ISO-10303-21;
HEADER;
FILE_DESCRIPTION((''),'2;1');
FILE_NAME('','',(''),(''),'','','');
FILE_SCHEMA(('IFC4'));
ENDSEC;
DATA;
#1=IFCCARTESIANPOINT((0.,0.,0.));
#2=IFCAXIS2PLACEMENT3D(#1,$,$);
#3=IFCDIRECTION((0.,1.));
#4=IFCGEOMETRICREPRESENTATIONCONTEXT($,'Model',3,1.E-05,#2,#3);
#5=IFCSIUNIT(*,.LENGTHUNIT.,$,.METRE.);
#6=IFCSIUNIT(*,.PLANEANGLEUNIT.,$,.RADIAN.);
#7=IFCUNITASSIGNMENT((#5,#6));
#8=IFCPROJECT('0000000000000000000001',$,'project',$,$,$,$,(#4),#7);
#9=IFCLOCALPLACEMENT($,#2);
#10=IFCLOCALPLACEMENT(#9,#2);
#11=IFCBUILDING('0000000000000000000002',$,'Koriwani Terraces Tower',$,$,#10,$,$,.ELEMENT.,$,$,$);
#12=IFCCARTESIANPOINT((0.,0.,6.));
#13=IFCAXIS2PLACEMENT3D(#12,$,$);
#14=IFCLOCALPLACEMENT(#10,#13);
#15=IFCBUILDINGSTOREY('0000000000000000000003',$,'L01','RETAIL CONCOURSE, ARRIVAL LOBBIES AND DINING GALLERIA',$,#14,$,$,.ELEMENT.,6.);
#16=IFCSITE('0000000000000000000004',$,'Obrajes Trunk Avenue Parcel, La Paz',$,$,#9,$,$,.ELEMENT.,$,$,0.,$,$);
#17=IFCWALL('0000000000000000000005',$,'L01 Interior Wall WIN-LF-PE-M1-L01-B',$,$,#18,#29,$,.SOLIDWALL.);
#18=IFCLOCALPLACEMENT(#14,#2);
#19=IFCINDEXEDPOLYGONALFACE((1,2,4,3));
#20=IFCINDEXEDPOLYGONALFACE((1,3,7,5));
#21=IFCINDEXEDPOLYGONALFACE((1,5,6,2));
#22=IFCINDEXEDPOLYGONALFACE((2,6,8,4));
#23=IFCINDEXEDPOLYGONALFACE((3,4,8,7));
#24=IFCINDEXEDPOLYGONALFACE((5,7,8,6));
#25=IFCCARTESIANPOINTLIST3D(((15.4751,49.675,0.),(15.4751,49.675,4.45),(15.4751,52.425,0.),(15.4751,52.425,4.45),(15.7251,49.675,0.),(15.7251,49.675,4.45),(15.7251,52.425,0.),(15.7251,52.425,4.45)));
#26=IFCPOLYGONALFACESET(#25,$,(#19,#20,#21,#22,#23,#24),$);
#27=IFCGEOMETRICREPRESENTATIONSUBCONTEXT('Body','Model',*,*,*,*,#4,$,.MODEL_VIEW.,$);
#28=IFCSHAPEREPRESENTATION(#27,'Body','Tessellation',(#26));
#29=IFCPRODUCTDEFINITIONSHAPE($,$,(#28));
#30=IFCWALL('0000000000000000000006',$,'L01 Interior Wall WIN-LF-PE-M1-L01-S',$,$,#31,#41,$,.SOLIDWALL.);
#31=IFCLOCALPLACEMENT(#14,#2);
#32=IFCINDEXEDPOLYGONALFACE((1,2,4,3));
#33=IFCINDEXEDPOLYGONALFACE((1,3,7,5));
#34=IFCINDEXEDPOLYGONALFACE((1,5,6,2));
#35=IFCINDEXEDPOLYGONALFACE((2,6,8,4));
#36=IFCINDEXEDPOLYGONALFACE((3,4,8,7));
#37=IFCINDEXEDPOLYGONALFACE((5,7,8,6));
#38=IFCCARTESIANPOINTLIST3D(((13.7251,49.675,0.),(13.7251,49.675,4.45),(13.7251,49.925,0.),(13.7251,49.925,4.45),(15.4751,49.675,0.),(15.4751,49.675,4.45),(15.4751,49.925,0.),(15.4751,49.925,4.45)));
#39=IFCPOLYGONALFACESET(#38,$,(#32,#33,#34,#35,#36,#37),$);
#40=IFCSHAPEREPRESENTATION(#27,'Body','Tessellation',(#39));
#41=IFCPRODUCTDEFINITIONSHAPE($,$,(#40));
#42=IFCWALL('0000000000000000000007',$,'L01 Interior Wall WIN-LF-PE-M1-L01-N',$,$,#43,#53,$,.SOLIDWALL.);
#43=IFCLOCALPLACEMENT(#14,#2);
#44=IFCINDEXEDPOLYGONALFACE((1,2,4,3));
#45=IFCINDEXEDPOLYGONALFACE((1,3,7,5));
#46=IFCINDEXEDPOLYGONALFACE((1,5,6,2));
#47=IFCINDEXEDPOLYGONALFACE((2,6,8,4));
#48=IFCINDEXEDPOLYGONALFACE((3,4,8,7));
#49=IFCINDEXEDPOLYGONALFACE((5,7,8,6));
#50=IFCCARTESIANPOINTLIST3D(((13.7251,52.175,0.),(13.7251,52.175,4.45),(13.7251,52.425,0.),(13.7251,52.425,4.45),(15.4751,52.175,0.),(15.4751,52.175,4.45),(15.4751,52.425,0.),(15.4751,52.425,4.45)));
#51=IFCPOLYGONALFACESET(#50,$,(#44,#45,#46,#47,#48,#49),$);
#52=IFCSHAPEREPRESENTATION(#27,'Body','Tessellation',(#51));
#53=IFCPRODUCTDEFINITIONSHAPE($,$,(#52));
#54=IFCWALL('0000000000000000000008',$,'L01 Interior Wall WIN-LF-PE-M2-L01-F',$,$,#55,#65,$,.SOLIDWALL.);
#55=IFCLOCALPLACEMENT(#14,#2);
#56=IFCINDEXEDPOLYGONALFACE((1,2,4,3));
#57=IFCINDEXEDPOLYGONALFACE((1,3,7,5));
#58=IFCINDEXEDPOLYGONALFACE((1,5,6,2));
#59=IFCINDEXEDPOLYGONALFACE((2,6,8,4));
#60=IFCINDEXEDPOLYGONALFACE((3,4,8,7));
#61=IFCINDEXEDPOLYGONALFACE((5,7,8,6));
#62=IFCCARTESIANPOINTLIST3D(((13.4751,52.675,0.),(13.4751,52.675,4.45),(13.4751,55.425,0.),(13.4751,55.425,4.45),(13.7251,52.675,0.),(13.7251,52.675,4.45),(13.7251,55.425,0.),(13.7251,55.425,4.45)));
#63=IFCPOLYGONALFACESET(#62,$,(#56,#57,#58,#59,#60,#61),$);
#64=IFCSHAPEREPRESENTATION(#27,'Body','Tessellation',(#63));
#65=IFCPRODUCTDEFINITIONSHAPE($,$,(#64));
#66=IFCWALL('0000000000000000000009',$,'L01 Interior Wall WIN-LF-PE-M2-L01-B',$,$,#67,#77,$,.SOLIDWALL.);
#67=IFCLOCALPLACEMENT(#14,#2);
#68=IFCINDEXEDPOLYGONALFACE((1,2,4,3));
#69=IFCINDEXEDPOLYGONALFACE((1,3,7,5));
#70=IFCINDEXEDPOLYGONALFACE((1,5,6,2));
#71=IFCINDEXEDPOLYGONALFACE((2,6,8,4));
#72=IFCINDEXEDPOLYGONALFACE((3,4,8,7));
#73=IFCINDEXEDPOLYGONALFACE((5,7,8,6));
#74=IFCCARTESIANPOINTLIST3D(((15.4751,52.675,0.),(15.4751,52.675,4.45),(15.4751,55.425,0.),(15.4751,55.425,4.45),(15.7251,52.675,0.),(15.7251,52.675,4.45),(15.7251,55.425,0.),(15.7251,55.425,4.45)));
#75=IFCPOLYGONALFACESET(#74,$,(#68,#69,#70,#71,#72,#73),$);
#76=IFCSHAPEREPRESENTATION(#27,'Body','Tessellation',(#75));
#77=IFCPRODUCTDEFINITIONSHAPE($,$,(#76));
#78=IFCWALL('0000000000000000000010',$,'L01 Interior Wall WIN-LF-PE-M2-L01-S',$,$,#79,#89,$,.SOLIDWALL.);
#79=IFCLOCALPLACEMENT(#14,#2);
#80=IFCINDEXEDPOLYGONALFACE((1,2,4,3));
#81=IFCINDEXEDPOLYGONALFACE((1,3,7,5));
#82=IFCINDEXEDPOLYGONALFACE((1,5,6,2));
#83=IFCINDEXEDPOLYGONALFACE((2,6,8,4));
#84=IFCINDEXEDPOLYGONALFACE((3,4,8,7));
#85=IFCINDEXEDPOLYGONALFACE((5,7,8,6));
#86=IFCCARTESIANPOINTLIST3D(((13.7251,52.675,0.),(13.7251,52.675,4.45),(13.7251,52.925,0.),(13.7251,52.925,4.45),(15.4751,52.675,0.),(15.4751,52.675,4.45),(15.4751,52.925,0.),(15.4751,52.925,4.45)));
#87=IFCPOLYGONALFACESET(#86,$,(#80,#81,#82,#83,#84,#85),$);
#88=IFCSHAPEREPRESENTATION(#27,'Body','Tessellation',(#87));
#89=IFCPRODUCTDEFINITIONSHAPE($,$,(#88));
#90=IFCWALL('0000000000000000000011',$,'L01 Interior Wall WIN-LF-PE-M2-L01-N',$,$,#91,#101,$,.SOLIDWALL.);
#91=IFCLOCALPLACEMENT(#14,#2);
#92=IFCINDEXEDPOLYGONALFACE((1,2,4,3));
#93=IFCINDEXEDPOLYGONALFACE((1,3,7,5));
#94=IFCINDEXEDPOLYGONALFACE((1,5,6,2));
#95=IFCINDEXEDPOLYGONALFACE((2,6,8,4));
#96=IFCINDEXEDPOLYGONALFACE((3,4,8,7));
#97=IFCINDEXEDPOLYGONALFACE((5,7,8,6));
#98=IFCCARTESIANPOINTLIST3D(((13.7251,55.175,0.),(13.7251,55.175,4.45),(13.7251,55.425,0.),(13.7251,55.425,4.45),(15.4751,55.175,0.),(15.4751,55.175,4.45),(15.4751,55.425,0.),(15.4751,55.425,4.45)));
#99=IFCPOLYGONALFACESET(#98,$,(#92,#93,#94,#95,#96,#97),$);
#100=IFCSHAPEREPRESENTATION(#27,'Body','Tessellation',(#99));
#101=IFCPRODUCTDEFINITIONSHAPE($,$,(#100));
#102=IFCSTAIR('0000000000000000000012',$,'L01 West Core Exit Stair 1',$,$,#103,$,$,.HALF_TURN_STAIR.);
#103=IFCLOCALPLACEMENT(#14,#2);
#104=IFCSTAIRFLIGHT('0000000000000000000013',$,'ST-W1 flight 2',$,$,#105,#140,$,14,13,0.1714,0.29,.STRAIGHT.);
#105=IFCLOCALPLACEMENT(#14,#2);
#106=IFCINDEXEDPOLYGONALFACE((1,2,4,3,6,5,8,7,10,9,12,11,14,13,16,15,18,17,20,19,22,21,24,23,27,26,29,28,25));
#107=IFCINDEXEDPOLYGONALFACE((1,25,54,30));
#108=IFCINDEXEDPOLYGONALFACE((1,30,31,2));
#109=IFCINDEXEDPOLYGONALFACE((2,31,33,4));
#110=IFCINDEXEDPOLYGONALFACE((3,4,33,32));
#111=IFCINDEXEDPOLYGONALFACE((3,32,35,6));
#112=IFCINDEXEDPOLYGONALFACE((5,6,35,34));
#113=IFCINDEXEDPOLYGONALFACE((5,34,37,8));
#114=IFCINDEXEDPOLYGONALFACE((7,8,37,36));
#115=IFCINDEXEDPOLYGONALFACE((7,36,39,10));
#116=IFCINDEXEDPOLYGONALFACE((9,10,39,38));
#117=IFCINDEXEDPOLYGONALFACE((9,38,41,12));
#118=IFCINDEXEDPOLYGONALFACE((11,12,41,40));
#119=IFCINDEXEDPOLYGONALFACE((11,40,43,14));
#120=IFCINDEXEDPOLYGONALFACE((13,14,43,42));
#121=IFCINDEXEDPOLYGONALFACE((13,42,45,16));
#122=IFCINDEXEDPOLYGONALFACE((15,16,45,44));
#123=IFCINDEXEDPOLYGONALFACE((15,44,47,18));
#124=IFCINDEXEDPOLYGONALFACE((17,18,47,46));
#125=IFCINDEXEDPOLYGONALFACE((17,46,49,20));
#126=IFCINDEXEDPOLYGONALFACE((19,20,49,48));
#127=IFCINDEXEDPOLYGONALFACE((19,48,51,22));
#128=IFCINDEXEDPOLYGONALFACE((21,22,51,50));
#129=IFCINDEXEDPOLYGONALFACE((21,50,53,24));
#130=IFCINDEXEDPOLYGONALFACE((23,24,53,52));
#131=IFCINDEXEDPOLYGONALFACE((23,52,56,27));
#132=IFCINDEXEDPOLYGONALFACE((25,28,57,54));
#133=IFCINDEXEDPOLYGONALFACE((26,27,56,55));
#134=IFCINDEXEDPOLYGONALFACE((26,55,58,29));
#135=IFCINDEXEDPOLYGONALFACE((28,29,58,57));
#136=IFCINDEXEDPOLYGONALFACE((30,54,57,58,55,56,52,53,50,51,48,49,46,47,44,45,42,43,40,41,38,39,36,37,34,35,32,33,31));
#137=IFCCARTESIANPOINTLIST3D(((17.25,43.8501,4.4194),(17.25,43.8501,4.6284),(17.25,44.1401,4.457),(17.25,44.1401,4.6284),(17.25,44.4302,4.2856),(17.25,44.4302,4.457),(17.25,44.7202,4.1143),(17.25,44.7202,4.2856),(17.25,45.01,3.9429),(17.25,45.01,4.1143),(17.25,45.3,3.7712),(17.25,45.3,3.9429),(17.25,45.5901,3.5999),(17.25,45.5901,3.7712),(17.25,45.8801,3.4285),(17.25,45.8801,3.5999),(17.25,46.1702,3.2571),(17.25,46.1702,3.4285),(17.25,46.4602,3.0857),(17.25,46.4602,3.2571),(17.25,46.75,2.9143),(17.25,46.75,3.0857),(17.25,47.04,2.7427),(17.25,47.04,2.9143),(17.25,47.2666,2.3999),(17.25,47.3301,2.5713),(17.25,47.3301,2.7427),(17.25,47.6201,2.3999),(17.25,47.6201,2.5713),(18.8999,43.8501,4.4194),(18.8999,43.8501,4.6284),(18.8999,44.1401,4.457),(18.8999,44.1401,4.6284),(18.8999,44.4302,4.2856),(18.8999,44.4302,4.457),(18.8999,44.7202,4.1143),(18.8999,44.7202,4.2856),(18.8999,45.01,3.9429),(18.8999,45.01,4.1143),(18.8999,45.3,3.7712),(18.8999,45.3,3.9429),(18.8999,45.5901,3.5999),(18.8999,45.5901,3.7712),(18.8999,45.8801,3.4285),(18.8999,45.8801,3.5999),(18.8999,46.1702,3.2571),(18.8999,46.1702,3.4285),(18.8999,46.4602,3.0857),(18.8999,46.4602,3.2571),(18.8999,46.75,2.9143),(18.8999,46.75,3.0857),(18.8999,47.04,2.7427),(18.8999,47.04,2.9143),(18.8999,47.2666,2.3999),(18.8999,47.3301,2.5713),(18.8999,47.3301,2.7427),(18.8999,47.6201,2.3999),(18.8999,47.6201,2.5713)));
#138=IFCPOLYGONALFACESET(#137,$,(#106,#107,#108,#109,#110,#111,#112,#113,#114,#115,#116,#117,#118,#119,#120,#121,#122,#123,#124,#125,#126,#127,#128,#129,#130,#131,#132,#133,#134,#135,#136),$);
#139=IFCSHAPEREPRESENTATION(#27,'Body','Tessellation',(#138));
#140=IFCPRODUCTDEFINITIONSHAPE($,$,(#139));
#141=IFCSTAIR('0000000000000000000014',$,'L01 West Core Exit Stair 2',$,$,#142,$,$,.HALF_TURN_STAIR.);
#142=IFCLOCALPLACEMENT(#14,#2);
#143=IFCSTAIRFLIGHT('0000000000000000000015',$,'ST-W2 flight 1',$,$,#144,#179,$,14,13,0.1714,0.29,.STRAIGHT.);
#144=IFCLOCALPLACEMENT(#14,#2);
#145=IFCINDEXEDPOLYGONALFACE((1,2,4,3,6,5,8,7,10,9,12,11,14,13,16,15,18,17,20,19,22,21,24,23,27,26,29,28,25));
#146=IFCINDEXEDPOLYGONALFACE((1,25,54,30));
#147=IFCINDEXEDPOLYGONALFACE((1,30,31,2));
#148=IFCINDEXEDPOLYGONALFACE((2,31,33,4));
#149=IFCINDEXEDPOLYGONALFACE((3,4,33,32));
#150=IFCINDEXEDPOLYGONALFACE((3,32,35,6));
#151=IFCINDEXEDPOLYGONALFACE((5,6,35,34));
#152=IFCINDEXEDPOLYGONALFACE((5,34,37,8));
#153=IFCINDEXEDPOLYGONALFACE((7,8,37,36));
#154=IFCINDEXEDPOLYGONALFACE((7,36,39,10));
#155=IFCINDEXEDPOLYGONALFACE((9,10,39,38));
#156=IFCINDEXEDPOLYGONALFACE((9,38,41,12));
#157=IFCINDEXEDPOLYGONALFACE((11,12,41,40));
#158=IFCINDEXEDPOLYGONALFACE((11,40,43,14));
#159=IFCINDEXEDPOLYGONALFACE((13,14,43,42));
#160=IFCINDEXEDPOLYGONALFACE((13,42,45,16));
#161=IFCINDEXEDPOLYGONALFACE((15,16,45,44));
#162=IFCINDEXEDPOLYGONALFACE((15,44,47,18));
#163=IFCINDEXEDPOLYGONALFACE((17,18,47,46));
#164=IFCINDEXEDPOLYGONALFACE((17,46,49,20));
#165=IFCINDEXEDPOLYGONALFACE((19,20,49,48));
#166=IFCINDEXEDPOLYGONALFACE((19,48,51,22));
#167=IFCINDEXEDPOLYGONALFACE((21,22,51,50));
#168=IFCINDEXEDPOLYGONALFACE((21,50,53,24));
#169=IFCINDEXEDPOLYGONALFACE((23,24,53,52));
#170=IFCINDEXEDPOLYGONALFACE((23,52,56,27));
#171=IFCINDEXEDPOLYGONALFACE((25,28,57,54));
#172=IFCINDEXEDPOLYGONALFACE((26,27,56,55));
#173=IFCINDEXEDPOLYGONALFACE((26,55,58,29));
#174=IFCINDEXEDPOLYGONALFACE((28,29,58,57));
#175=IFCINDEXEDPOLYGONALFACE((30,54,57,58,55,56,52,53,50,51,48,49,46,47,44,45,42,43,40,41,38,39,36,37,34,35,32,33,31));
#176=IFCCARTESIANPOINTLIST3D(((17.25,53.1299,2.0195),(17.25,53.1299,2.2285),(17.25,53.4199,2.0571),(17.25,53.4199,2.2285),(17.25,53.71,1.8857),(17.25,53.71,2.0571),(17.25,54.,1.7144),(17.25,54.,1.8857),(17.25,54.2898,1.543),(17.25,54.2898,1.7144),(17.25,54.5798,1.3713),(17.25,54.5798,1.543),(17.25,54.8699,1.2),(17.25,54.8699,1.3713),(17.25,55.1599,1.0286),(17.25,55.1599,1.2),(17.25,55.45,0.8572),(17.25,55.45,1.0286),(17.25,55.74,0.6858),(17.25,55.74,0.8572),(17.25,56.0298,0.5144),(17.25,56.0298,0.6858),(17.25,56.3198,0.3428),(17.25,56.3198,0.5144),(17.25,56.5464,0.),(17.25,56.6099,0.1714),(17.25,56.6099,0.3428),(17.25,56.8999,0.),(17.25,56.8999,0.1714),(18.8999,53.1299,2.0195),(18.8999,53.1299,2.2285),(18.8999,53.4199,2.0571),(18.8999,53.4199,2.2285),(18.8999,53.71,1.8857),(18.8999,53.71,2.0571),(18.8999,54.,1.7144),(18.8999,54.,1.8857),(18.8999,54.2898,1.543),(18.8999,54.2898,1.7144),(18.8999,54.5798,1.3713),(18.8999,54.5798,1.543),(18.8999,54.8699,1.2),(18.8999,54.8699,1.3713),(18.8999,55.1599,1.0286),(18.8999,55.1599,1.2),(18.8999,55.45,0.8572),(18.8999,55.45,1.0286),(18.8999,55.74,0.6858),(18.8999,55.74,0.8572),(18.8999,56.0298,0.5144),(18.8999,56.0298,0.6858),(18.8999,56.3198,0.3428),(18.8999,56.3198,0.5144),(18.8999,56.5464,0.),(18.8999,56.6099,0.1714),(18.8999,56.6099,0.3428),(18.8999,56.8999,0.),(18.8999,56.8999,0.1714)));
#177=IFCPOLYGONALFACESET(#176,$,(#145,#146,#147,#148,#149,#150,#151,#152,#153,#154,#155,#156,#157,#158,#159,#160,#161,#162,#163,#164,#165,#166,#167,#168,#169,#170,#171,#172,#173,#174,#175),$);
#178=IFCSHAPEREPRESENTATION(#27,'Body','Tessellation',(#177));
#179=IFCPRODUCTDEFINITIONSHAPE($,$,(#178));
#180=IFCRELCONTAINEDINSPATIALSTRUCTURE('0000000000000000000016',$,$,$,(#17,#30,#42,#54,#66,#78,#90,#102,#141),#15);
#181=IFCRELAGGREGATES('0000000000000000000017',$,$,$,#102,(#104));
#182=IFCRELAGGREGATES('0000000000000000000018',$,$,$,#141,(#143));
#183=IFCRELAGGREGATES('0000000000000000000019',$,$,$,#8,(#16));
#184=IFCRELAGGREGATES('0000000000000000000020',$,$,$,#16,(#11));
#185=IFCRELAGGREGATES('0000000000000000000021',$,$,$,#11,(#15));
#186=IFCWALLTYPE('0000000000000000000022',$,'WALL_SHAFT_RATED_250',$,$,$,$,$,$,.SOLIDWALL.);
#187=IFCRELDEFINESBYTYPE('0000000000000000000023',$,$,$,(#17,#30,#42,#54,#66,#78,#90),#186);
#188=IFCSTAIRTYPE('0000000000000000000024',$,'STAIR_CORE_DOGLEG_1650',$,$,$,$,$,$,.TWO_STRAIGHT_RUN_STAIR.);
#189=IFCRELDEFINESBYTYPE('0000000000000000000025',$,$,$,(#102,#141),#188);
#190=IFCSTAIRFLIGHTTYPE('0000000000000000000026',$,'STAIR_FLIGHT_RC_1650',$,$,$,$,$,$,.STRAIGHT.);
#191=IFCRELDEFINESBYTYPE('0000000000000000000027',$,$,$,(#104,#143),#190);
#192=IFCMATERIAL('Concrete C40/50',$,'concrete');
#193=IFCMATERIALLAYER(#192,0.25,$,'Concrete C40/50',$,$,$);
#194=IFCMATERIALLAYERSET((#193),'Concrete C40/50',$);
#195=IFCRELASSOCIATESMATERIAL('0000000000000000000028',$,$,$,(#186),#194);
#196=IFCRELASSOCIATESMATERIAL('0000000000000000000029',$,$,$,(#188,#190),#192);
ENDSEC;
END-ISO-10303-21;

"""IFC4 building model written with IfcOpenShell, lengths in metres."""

from ifc_helpers import new_model, si_unit, direction, frame, frame_2d, origin, place, context, subcontext, project, spatial, polyline, rectangle, outline, extrude, material, layer, layer_set, type_object, element, aggregate, save


model = new_model("IFC4")

# Units and contexts
model_context = context("Model", 3, precision=1e-05, world=origin(), true_north=direction((0.0, 1.0)))
body_context = subcontext(model_context, "Body", "Model", "MODEL_VIEW")
ifc_project = project(units=[si_unit("LENGTHUNIT", "METRE"), si_unit("PLANEANGLEUNIT", "RADIAN")], contexts=[model_context])

# Site, building, storey
site_placement = place(None, origin())
site = spatial("IfcSite", under=ifc_project, at=site_placement, Name="Obrajes Trunk Avenue Parcel, La Paz", CompositionType="ELEMENT", RefElevation=0.0)
building_placement = place(site_placement, origin())
building = spatial("IfcBuilding", under=site, at=building_placement, Name="Koriwani Terraces Tower", CompositionType="ELEMENT")
storey_placement = place(building_placement, frame((0.0, 0.0, 6.0)))
storey = spatial("IfcBuildingStorey", under=building, at=storey_placement, Name="L01", Description="RETAIL CONCOURSE, ARRIVAL LOBBIES AND DINING GALLERIA", CompositionType="ELEMENT", Elevation=6.0)

# Shared definitions
ifc_material_1 = material(Name="Concrete C40/50", Category="concrete")

# Shared definitions
ifc_layer_1 = layer(ifc_material_1, 0.25, Name="Concrete C40/50")
ifc_layer_set_1 = layer_set([ifc_layer_1], Name="Concrete C40/50")
wall_type_1 = type_object("IfcWallType", Name="WALL_SHAFT_RATED_250", PredefinedType="SOLIDWALL", material=ifc_layer_set_1)

# Walls
for number, where, z_axis, x_axis, name in (
    (1, (15.6001, 49.675, 0.0), (0.0, 0.0, 1.0), (0.0, 1.0, 0.0), "L01 Interior Wall WIN-LF-PE-M1-L01-B"),
):
    element("IfcWall", number, at=place(storey_placement, frame(where, z_axis=z_axis, x_axis=x_axis)), inside=storey, type_object=wall_type_1, Name=name, PredefinedType="SOLIDWALL", context=body_context, shape_type="SweptSolid", body=[
        extrude(rectangle(XDim=2.75, YDim=0.25, at=frame_2d((1.375, 0.0))), origin(), (0.0, 0.0, 1.0), 4.45),
    ])
for number, where, z_axis, x_axis, name in (
    (2, (13.7251, 49.8, 0.0), (0.0, 0.0, 1.0), (1.0, 0.0, 0.0), "L01 Interior Wall WIN-LF-PE-M1-L01-S"),
    (3, (13.7251, 52.3, 0.0), (0.0, 0.0, 1.0), (1.0, 0.0, 0.0), "L01 Interior Wall WIN-LF-PE-M1-L01-N"),
):
    element("IfcWall", number, at=place(storey_placement, frame(where, z_axis=z_axis, x_axis=x_axis)), inside=storey, type_object=wall_type_1, Name=name, PredefinedType="SOLIDWALL", context=body_context, shape_type="SweptSolid", body=[
        extrude(rectangle(XDim=1.75, YDim=0.25, at=frame_2d((0.875, 0.0))), origin(), (0.0, 0.0, 1.0), 4.45),
    ])
for number, where, z_axis, x_axis, name in (
    (4, (13.6001, 52.675, 0.0), (0.0, 0.0, 1.0), (0.0, 1.0, 0.0), "L01 Interior Wall WIN-LF-PE-M2-L01-F"),
    (5, (15.6001, 52.675, 0.0), (0.0, 0.0, 1.0), (0.0, 1.0, 0.0), "L01 Interior Wall WIN-LF-PE-M2-L01-B"),
):
    element("IfcWall", number, at=place(storey_placement, frame(where, z_axis=z_axis, x_axis=x_axis)), inside=storey, type_object=wall_type_1, Name=name, PredefinedType="SOLIDWALL", context=body_context, shape_type="SweptSolid", body=[
        extrude(rectangle(XDim=2.75, YDim=0.25, at=frame_2d((1.375, 0.0))), origin(), (0.0, 0.0, 1.0), 4.45),
    ])
for number, where, z_axis, x_axis, name in (
    (6, (13.7251, 52.8, 0.0), (0.0, 0.0, 1.0), (1.0, 0.0, 0.0), "L01 Interior Wall WIN-LF-PE-M2-L01-S"),
    (7, (13.7251, 55.3, 0.0), (0.0, 0.0, 1.0), (1.0, 0.0, 0.0), "L01 Interior Wall WIN-LF-PE-M2-L01-N"),
):
    element("IfcWall", number, at=place(storey_placement, frame(where, z_axis=z_axis, x_axis=x_axis)), inside=storey, type_object=wall_type_1, Name=name, PredefinedType="SOLIDWALL", context=body_context, shape_type="SweptSolid", body=[
        extrude(rectangle(XDim=1.75, YDim=0.25, at=frame_2d((0.875, 0.0))), origin(), (0.0, 0.0, 1.0), 4.45),
    ])

# Stairs, stair flights
stair_type = type_object("IfcStairType", Name="STAIR_CORE_DOGLEG_1650", PredefinedType="TWO_STRAIGHT_RUN_STAIR", material=ifc_material_1)
stair_1_placement = place(storey_placement, origin())
stair_1 = element("IfcStair", 8, at=stair_1_placement, inside=storey, type_object=stair_type, Name="L01 West Core Exit Stair 1", PredefinedType="HALF_TURN_STAIR")
stair_flight_type = type_object("IfcStairFlightType", Name="STAIR_FLIGHT_RC_1650", PredefinedType="STRAIGHT", material=ifc_material_1)
stair_flight_1_placement = place(storey_placement, frame((18.075, 47.6201, 2.3999), z_axis=(0.0, 0.0, 1.0), x_axis=(0.0, -1.0, 0.0)))
stair_flight_1 = element("IfcStairFlight", 9, at=stair_flight_1_placement, type_object=stair_flight_type, Name="ST-W1 flight 2", NumberOfRisers=14, NumberOfTreads=13, PredefinedType="STRAIGHT", RiserHeight=0.1714, TreadLength=0.29, context=body_context, shape_type="SweptSolid", body=[
    extrude(outline(polyline([(0.0, 0.0), (0.0, 0.1714), (0.29, 0.1714), (0.29, 0.3428), (0.5801, 0.3428), (0.5801, 0.5144), (0.8701, 0.5144), (0.8701, 0.6858), (1.1599, 0.6858), (1.1599, 0.8572), (1.45, 0.8572), (1.45, 1.0286), (1.74, 1.0286), (1.74, 1.2), (2.03, 1.2), (2.03, 1.3713), (2.3201, 1.3713), (2.3201, 1.543), (2.6101, 1.543), (2.6101, 1.7144), (2.8999, 1.7144), (2.8999, 1.8857), (3.1899, 1.8857), (3.1899, 2.0571), (3.48, 2.0571), (3.48, 2.2285), (3.77, 2.2285), (3.77, 2.3999), (3.77, 2.0195), (0.3535, 0.0), (0.0, 0.0)])), frame((0.0, 0.825, 0.0), z_axis=(0.0, -1.0, 0.0), x_axis=(1.0, 0.0, 0.0)), (0.0, 0.0, 1.0), 1.6499),
])
aggregate(stair_1, [stair_flight_1])
stair_2_placement = place(storey_placement, origin())
stair_2 = element("IfcStair", 10, at=stair_2_placement, inside=storey, type_object=stair_type, Name="L01 West Core Exit Stair 2", PredefinedType="HALF_TURN_STAIR")
stair_flight_2_placement = place(storey_placement, frame((18.075, 56.8999, 0.0), z_axis=(0.0, 0.0, 1.0), x_axis=(0.0, -1.0, 0.0)))
stair_flight_2 = element("IfcStairFlight", 11, at=stair_flight_2_placement, type_object=stair_flight_type, Name="ST-W2 flight 1", NumberOfRisers=14, NumberOfTreads=13, PredefinedType="STRAIGHT", RiserHeight=0.1714, TreadLength=0.29, context=body_context, shape_type="SweptSolid", body=[
    extrude(outline(polyline([(0.0, 0.0), (0.0, 0.1714), (0.29, 0.1714), (0.29, 0.3428), (0.5801, 0.3428), (0.5801, 0.5144), (0.8701, 0.5144), (0.8701, 0.6858), (1.1599, 0.6858), (1.1599, 0.8572), (1.45, 0.8572), (1.45, 1.0286), (1.74, 1.0286), (1.74, 1.2), (2.03, 1.2), (2.03, 1.3713), (2.3201, 1.3713), (2.3201, 1.543), (2.6101, 1.543), (2.6101, 1.7144), (2.8999, 1.7144), (2.8999, 1.8857), (3.1899, 1.8857), (3.1899, 2.0571), (3.48, 2.0571), (3.48, 2.2285), (3.77, 2.2285), (3.77, 2.3999), (3.77, 2.0195), (0.3535, 0.0), (0.0, 0.0)])), frame((0.0, 0.825, 0.0), z_axis=(0.0, -1.0, 0.0), x_axis=(1.0, 0.0, 0.0)), (0.0, 0.0, 1.0), 1.6499),
])
aggregate(stair_2, [stair_flight_2])

save(model, "model.ifc")
